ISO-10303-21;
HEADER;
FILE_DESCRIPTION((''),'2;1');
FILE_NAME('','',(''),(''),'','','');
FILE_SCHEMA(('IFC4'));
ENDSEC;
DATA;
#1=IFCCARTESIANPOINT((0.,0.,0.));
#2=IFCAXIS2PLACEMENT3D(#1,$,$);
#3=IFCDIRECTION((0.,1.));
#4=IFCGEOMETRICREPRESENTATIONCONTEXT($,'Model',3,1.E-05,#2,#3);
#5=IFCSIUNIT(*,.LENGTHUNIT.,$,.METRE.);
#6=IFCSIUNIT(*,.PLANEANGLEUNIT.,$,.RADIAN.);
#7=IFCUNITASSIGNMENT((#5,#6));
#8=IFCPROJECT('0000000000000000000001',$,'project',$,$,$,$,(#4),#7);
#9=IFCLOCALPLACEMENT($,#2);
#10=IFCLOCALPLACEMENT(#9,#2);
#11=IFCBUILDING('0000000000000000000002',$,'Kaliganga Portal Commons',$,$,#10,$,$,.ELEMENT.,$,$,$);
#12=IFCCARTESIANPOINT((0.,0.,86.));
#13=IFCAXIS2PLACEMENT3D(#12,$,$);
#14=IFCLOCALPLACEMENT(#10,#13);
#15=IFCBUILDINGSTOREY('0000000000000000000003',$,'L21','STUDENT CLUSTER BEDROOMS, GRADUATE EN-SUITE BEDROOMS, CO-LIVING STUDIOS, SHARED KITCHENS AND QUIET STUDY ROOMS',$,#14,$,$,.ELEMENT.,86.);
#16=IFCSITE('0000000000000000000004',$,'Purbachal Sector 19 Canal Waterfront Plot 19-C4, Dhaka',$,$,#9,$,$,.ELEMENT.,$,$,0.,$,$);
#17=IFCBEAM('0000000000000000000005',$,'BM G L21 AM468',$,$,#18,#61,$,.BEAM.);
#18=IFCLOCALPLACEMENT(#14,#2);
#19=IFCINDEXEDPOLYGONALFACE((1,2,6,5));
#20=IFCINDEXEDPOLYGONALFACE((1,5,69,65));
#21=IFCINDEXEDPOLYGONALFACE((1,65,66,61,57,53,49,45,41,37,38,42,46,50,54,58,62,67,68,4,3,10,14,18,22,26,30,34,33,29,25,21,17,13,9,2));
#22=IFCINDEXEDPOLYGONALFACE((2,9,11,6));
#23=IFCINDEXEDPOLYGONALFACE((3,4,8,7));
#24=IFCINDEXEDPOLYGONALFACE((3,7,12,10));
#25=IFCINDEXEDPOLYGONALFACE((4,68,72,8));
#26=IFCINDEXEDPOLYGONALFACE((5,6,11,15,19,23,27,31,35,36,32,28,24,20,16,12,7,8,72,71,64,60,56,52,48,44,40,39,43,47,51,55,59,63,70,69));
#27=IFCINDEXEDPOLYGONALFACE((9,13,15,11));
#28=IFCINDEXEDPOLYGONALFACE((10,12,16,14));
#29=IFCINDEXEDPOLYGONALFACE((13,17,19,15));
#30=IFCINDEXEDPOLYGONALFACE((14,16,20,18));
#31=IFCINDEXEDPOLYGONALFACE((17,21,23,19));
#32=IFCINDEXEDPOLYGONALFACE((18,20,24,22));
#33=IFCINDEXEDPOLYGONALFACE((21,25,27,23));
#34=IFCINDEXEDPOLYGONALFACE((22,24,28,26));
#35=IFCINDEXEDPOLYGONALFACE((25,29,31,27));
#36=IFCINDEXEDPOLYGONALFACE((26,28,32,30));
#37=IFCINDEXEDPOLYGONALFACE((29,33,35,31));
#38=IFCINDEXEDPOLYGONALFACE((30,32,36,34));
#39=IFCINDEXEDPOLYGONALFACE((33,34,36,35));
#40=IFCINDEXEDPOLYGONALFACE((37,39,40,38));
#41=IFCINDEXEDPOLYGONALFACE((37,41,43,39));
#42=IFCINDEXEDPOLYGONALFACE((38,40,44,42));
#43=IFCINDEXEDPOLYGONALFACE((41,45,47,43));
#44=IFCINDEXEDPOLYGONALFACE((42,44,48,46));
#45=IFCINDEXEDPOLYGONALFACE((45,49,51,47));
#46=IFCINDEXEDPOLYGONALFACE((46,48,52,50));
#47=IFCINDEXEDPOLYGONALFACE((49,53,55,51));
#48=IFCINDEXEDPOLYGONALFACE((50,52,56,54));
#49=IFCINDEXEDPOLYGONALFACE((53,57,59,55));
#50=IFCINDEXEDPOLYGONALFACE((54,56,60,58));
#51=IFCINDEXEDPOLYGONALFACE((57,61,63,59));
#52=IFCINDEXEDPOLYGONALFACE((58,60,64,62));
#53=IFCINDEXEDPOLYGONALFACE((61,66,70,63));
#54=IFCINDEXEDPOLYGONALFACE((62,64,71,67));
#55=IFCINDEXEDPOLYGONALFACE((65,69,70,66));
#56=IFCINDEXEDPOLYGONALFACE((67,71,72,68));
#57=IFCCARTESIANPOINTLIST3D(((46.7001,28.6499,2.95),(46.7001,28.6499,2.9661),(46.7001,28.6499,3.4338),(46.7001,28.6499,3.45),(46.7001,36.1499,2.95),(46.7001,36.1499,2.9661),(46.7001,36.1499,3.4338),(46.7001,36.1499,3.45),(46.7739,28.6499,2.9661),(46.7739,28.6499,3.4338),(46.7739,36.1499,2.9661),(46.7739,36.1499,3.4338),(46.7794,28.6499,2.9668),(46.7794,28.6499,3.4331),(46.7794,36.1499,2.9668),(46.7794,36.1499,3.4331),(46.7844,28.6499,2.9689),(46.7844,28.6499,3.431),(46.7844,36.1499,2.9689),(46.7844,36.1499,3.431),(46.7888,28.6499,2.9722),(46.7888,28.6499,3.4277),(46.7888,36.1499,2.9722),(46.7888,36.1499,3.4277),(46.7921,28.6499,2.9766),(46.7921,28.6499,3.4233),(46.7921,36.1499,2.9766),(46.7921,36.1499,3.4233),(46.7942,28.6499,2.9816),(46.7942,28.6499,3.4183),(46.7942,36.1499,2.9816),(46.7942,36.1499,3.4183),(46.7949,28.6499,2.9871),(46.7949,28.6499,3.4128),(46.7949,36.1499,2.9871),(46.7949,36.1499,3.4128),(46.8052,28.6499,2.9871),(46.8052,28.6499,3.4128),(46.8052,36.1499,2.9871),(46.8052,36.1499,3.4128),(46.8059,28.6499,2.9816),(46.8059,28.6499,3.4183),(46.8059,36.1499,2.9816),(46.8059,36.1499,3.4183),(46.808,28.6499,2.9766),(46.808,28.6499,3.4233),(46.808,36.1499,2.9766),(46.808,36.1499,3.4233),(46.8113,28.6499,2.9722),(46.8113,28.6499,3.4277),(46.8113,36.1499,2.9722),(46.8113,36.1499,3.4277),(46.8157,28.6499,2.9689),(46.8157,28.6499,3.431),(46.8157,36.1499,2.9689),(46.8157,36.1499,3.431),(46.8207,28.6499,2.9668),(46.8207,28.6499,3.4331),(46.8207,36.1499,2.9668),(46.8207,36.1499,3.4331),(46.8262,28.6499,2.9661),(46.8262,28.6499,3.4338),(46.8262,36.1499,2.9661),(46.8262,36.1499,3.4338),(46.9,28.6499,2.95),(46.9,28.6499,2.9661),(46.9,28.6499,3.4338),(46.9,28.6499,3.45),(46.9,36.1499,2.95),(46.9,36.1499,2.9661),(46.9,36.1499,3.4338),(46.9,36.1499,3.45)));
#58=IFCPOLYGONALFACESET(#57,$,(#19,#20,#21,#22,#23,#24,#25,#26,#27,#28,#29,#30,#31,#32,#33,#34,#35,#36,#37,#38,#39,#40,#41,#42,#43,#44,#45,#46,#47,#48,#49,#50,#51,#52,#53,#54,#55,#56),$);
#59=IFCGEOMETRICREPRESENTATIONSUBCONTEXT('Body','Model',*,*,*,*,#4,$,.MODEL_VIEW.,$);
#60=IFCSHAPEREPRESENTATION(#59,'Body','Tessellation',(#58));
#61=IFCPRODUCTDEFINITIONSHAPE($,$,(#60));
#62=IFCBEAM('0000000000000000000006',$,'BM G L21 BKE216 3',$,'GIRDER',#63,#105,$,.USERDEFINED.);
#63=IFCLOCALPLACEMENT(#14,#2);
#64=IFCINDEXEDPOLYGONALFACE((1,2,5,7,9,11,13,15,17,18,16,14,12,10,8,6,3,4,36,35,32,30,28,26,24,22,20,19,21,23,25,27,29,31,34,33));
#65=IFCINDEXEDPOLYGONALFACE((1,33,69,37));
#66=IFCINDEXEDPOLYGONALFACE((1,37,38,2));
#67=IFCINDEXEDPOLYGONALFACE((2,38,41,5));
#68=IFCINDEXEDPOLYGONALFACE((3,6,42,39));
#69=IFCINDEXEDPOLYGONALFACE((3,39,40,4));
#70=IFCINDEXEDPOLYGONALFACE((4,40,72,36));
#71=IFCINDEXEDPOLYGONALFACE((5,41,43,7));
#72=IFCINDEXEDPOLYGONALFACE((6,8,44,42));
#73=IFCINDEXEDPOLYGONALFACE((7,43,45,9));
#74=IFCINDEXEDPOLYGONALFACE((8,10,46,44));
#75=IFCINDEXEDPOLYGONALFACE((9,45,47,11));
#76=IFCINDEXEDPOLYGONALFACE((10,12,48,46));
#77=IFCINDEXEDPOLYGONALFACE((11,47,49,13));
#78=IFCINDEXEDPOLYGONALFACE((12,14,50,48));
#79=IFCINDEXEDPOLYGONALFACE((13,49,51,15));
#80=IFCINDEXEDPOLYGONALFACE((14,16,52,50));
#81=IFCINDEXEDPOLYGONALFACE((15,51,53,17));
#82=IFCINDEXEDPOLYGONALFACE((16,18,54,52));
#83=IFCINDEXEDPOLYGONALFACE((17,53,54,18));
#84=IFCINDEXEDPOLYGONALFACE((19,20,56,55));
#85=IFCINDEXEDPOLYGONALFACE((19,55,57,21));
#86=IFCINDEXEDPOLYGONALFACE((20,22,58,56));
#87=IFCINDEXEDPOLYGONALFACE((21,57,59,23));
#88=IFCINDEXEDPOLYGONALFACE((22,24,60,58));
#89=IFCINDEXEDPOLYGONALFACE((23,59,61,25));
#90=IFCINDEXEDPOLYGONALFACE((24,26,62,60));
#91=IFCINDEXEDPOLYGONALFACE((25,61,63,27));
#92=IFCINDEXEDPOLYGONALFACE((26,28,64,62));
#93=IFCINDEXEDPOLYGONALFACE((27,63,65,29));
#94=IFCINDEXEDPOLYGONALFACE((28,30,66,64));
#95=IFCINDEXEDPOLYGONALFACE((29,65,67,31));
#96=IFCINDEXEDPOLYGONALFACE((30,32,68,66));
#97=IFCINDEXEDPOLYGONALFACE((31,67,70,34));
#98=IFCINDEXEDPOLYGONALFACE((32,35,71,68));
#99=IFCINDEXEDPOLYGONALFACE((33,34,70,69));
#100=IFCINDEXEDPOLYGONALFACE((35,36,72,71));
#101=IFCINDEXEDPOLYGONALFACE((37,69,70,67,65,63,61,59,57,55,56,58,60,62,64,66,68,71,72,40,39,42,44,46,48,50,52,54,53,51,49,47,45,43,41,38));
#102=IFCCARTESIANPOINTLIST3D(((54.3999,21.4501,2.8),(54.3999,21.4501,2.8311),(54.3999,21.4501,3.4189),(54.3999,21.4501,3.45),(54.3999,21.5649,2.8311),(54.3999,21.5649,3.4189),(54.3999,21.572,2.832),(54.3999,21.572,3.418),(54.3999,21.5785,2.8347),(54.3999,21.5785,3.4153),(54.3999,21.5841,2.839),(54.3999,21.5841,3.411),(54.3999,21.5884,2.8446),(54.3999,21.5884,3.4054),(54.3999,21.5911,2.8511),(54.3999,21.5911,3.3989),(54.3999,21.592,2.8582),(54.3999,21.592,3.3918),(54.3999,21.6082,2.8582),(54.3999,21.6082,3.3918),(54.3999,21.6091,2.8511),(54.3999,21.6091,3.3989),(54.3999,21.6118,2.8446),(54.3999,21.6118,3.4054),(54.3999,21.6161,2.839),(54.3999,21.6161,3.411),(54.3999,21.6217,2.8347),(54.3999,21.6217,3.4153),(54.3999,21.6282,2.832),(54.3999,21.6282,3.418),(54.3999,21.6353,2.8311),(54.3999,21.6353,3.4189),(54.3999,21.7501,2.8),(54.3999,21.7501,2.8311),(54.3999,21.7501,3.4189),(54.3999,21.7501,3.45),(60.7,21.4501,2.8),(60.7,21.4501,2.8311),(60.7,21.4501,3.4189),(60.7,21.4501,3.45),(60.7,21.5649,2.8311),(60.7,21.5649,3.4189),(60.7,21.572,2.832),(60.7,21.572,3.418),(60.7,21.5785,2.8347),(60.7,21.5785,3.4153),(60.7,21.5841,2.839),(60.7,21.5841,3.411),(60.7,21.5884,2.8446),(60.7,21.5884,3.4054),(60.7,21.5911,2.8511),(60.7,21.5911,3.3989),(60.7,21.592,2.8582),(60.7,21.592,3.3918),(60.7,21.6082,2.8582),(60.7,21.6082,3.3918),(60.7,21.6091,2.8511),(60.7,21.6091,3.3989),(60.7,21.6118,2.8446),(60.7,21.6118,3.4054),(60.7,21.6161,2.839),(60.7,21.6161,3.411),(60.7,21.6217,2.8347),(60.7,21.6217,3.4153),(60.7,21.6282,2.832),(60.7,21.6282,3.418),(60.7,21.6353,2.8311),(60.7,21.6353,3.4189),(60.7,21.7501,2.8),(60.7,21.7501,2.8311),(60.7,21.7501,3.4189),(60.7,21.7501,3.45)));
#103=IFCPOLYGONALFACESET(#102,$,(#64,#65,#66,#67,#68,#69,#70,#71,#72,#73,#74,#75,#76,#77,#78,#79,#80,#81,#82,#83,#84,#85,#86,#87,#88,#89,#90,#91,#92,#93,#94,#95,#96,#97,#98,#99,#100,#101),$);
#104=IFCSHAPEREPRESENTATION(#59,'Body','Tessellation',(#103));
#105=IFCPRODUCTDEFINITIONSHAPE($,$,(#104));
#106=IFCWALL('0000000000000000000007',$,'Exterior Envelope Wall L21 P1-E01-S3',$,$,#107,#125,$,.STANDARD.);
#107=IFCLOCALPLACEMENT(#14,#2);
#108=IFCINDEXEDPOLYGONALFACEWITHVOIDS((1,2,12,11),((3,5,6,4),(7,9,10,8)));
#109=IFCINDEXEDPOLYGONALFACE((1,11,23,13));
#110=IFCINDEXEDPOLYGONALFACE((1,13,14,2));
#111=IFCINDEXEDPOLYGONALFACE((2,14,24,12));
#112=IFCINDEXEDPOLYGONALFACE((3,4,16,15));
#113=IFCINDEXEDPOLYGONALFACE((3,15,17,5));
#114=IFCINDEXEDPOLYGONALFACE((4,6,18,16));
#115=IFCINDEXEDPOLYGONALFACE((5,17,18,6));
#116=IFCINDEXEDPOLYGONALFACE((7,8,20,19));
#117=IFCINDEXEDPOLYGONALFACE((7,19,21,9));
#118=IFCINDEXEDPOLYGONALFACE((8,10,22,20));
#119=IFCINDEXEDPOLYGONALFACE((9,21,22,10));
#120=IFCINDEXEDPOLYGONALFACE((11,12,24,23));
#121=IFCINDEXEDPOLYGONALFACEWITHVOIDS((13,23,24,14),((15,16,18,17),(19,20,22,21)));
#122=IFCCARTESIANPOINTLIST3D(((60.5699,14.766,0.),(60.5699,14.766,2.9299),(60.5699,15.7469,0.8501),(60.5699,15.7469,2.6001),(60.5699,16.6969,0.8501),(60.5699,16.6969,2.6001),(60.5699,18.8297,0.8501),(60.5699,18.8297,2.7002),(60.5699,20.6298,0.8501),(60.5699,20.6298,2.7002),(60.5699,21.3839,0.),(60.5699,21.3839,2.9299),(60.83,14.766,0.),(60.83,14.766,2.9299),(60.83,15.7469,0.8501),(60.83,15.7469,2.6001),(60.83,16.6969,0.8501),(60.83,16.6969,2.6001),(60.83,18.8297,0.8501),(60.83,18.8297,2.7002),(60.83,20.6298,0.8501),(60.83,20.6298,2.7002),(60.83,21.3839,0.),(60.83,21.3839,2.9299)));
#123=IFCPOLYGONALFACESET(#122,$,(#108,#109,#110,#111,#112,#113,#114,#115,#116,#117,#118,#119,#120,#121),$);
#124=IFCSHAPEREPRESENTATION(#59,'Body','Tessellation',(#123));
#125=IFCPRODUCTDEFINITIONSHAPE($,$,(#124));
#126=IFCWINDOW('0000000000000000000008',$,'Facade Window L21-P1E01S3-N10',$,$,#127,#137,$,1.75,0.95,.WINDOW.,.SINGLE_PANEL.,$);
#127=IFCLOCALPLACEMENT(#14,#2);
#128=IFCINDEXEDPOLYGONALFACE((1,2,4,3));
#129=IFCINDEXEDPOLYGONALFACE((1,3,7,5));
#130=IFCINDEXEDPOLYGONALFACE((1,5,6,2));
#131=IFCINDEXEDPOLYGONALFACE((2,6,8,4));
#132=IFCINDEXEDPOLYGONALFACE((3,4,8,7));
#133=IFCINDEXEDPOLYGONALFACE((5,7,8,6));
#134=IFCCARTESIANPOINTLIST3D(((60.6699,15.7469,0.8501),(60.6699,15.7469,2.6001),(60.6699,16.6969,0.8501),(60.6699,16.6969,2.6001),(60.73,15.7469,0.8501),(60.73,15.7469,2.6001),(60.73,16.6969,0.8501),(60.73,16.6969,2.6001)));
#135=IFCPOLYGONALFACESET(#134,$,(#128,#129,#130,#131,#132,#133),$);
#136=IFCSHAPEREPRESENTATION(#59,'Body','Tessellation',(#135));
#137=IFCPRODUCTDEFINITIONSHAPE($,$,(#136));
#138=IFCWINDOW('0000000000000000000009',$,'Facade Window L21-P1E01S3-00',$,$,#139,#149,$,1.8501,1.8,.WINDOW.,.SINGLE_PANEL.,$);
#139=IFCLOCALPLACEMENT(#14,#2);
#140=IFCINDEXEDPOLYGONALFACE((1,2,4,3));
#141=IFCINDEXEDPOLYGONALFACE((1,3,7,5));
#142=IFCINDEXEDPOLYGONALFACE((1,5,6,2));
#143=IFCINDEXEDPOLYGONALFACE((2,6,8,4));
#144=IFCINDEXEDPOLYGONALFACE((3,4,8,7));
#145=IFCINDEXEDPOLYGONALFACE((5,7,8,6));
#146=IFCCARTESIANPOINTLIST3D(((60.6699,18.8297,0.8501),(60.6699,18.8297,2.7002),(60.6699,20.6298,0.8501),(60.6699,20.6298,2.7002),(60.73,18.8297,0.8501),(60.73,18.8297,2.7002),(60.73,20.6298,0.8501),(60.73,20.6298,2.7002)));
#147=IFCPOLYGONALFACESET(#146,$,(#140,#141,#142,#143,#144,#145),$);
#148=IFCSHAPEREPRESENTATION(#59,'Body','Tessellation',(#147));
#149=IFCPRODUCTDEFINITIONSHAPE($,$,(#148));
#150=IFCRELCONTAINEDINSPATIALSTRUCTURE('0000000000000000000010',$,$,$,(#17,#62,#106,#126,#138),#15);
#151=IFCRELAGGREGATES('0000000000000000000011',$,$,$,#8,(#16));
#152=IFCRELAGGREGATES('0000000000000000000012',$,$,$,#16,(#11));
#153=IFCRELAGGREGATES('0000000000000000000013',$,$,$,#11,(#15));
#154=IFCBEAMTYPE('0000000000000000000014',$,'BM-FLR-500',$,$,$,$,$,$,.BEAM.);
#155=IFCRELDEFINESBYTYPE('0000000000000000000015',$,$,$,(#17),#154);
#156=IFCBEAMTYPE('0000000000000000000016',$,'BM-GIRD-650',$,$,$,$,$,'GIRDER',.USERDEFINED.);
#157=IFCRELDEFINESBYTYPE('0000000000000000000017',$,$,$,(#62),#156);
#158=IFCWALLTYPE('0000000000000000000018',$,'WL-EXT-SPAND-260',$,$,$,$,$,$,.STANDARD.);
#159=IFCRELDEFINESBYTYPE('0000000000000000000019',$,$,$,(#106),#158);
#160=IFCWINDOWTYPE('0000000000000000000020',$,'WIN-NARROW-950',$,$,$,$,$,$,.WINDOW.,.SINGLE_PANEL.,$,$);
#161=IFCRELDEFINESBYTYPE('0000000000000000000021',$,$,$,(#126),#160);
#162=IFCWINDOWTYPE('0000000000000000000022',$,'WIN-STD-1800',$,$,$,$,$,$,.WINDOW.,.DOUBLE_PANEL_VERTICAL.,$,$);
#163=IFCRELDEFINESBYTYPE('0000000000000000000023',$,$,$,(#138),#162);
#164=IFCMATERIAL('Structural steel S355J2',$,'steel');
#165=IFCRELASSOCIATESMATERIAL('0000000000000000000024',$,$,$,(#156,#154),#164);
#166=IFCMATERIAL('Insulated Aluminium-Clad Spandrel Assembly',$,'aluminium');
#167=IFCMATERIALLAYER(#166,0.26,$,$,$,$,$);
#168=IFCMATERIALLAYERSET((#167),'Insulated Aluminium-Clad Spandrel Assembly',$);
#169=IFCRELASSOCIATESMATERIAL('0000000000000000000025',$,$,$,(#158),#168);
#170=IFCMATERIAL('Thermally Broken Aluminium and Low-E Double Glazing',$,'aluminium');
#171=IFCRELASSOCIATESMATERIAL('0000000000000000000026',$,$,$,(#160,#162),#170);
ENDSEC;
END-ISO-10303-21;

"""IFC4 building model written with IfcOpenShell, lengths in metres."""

from ifc_helpers import new_model, si_unit, direction, frame, frame_2d, origin, origin_2d, place, context, subcontext, project, spatial, rectangle, i_section, extrude, source, transform, mapped, material, layer, layer_set, material_profile, profile_set, type_object, element, fill, save


model = new_model("IFC4")

# Units and contexts
model_context = context("Model", 3, precision=1e-05, world=origin(), true_north=direction((0.0, 1.0)))
body_context = subcontext(model_context, "Body", "Model", "MODEL_VIEW")
ifc_project = project(units=[si_unit("LENGTHUNIT", "METRE"), si_unit("PLANEANGLEUNIT", "RADIAN")], contexts=[model_context])

# Site, building, storey
site_placement = place(None, origin())
site = spatial("IfcSite", under=ifc_project, at=site_placement, Name="Purbachal Sector 19 Canal Waterfront Plot 19-C4, Dhaka", CompositionType="ELEMENT", RefElevation=0.0)
building_placement = place(site_placement, origin())
building = spatial("IfcBuilding", under=site, at=building_placement, Name="Kaliganga Portal Commons", CompositionType="ELEMENT")
storey_placement = place(building_placement, frame((0.0, 0.0, 86.0)))
storey = spatial("IfcBuildingStorey", under=building, at=storey_placement, Name="L21", Description="STUDENT CLUSTER BEDROOMS, GRADUATE EN-SUITE BEDROOMS, CO-LIVING STUDIOS, SHARED KITCHENS AND QUIET STUDY ROOMS", CompositionType="ELEMENT", Elevation=86.0)

# Beams
ifc_material_1 = material(Name="Structural steel S355J2", Category="steel")
ifc_material_profile_1 = material_profile(ifc_material_1, i_section(OverallWidth=0.3, OverallDepth=0.6499, WebThickness=0.0161, FlangeThickness=0.031, FilletRadius=0.0271, at=origin_2d()), Name="HE 650 B")
ifc_profile_set_1 = profile_set([ifc_material_profile_1], Name="Structural steel S355J2 wide-flange")
beam_type_1 = type_object("IfcBeamType", Name="BM-GIRD-650", ElementType="GIRDER", PredefinedType="USERDEFINED", material=ifc_profile_set_1)
ifc_material_profile_2 = material_profile(ifc_material_1, i_section(OverallWidth=0.2, OverallDepth=0.5, WebThickness=0.0103, FlangeThickness=0.0161, FilletRadius=0.021, at=origin_2d()), Name="IPE 500")
ifc_profile_set_2 = profile_set([ifc_material_profile_2], Name="Structural steel S355J2 wide-flange")
beam_type_2 = type_object("IfcBeamType", Name="BM-FLR-500", PredefinedType="BEAM", material=ifc_profile_set_2)
shared_shape_1 = source(origin(), body_context, "Body", "SweptSolid", [
    extrude(i_section(OverallWidth=0.2, OverallDepth=0.5, WebThickness=0.0103, FlangeThickness=0.0161, FilletRadius=0.021, at=origin_2d()), origin(), (0.0, 0.0, 1.0), 7.5),
])
beam_1_placement = place(storey_placement, frame((46.8, 28.6499, 3.2), z_axis=(0.0, 1.0, 0.0), x_axis=(-1.0, 0.0, 0.0)))
element("IfcBeam", 1, at=beam_1_placement, inside=storey, type_object=beam_type_2, Name="BM G L21 AM468", PredefinedType="BEAM", context=body_context, shape_type="MappedRepresentation", body=[
    mapped(shared_shape_1, transform((0.0, 0.0, 0.0), x_axis=(1.0, 0.0, 0.0), y_axis=(0.0, 1.0, 0.0), z_axis=(0.0, 0.0, 1.0), scale=1.0)),
])
shared_shape_2 = source(origin(), body_context, "Body", "SweptSolid", [
    extrude(i_section(OverallWidth=0.3, OverallDepth=0.6499, WebThickness=0.0161, FlangeThickness=0.031, FilletRadius=0.0271, at=origin_2d()), origin(), (0.0, 0.0, 1.0), 6.3),
])
beam_2_placement = place(storey_placement, frame((54.3999, 21.6001, 3.125), z_axis=(1.0, 0.0, 0.0), x_axis=(0.0, 1.0, 0.0)))
element("IfcBeam", 2, at=beam_2_placement, inside=storey, type_object=beam_type_1, Name="BM G L21 BKE216 3", ObjectType="GIRDER", PredefinedType="USERDEFINED", context=body_context, shape_type="MappedRepresentation", body=[
    mapped(shared_shape_2, transform((0.0, 0.0, 0.0), x_axis=(1.0, 0.0, 0.0), y_axis=(0.0, 1.0, 0.0), z_axis=(0.0, 0.0, 1.0), scale=1.0)),
])

# Wall, openings, windows
ifc_material_2 = material(Name="Insulated Aluminium-Clad Spandrel Assembly", Category="aluminium")
ifc_layer_1 = layer(ifc_material_2, 0.26)
ifc_layer_set_1 = layer_set([ifc_layer_1], Name="Insulated Aluminium-Clad Spandrel Assembly")
wall_type_1 = type_object("IfcWallType", Name="WL-EXT-SPAND-260", PredefinedType="STANDARD", material=ifc_layer_set_1)
wall_1_placement = place(storey_placement, frame((60.7, 21.384, 0.0), z_axis=(0.0, 0.0, 1.0), x_axis=(0.0, -1.0, 0.0)))
wall_1 = element("IfcWall", 3, at=wall_1_placement, inside=storey, type_object=wall_type_1, Name="Exterior Envelope Wall L21 P1-E01-S3", PredefinedType="STANDARD", context=body_context, shape_type="SweptSolid", body=[
    extrude(rectangle(XDim=6.6179, YDim=0.26, at=frame_2d((3.3091, 0.0))), origin(), (0.0, 0.0, 1.0), 2.9299),
])
opening_1_placement = place(wall_1_placement, frame((0.7544, 0.0, 0.8501)))
opening_1 = element("IfcOpeningElement", 4, at=opening_1_placement, cuts=wall_1, PredefinedType="OPENING", context=body_context, shape_type="SweptSolid", body=[
    extrude(rectangle(XDim=1.8, YDim=1.8501, at=frame_2d((0.8999, 0.925))), frame((0.0, 0.1401, 0.0), z_axis=(0.0, -1.0, 0.0), x_axis=(1.0, 0.0, 0.0)), (0.0, 0.0, 1.0), 0.28),
])
opening_2_placement = place(wall_1_placement, frame((4.687, 0.0, 0.8501)))
opening_2 = element("IfcOpeningElement", 5, at=opening_2_placement, cuts=wall_1, PredefinedType="OPENING", context=body_context, shape_type="SweptSolid", body=[
    extrude(rectangle(XDim=0.95, YDim=1.75, at=frame_2d((0.4751, 0.875))), frame((0.0, 0.1401, 0.0), z_axis=(0.0, -1.0, 0.0), x_axis=(1.0, 0.0, 0.0)), (0.0, 0.0, 1.0), 0.28),
])
ifc_material_3 = material(Name="Thermally Broken Aluminium and Low-E Double Glazing", Category="aluminium")
window_type_1 = type_object("IfcWindowType", Name="WIN-NARROW-950", PartitioningType="SINGLE_PANEL", PredefinedType="WINDOW", material=ifc_material_3)
window_1_placement = place(opening_2_placement, origin())
window_1 = element("IfcWindow", 6, at=window_1_placement, inside=storey, type_object=window_type_1, Name="Facade Window L21-P1E01S3-N10", OverallHeight=1.75, OverallWidth=0.95, PartitioningType="SINGLE_PANEL", PredefinedType="WINDOW", context=body_context, shape_type="SweptSolid", body=[
    extrude(rectangle(XDim=0.95, YDim=1.75, at=frame_2d((0.4751, 0.875))), frame((0.0, 0.03, 0.0), z_axis=(0.0, -1.0, 0.0), x_axis=(1.0, 0.0, 0.0)), (0.0, 0.0, 1.0), 0.0601),
])
fill(opening_2, window_1)
window_type_2 = type_object("IfcWindowType", Name="WIN-STD-1800", PartitioningType="DOUBLE_PANEL_VERTICAL", PredefinedType="WINDOW", material=ifc_material_3)
window_2_placement = place(opening_1_placement, origin())
window_2 = element("IfcWindow", 7, at=window_2_placement, inside=storey, type_object=window_type_2, Name="Facade Window L21-P1E01S3-00", OverallHeight=1.8501, OverallWidth=1.8, PartitioningType="SINGLE_PANEL", PredefinedType="WINDOW", context=body_context, shape_type="SweptSolid", body=[
    extrude(rectangle(XDim=1.8, YDim=1.8501, at=frame_2d((0.8999, 0.925))), frame((0.0, 0.03, 0.0), z_axis=(0.0, -1.0, 0.0), x_axis=(1.0, 0.0, 0.0)), (0.0, 0.0, 1.0), 0.0601),
])
fill(opening_1, window_2)

save(model, "model.ifc")
